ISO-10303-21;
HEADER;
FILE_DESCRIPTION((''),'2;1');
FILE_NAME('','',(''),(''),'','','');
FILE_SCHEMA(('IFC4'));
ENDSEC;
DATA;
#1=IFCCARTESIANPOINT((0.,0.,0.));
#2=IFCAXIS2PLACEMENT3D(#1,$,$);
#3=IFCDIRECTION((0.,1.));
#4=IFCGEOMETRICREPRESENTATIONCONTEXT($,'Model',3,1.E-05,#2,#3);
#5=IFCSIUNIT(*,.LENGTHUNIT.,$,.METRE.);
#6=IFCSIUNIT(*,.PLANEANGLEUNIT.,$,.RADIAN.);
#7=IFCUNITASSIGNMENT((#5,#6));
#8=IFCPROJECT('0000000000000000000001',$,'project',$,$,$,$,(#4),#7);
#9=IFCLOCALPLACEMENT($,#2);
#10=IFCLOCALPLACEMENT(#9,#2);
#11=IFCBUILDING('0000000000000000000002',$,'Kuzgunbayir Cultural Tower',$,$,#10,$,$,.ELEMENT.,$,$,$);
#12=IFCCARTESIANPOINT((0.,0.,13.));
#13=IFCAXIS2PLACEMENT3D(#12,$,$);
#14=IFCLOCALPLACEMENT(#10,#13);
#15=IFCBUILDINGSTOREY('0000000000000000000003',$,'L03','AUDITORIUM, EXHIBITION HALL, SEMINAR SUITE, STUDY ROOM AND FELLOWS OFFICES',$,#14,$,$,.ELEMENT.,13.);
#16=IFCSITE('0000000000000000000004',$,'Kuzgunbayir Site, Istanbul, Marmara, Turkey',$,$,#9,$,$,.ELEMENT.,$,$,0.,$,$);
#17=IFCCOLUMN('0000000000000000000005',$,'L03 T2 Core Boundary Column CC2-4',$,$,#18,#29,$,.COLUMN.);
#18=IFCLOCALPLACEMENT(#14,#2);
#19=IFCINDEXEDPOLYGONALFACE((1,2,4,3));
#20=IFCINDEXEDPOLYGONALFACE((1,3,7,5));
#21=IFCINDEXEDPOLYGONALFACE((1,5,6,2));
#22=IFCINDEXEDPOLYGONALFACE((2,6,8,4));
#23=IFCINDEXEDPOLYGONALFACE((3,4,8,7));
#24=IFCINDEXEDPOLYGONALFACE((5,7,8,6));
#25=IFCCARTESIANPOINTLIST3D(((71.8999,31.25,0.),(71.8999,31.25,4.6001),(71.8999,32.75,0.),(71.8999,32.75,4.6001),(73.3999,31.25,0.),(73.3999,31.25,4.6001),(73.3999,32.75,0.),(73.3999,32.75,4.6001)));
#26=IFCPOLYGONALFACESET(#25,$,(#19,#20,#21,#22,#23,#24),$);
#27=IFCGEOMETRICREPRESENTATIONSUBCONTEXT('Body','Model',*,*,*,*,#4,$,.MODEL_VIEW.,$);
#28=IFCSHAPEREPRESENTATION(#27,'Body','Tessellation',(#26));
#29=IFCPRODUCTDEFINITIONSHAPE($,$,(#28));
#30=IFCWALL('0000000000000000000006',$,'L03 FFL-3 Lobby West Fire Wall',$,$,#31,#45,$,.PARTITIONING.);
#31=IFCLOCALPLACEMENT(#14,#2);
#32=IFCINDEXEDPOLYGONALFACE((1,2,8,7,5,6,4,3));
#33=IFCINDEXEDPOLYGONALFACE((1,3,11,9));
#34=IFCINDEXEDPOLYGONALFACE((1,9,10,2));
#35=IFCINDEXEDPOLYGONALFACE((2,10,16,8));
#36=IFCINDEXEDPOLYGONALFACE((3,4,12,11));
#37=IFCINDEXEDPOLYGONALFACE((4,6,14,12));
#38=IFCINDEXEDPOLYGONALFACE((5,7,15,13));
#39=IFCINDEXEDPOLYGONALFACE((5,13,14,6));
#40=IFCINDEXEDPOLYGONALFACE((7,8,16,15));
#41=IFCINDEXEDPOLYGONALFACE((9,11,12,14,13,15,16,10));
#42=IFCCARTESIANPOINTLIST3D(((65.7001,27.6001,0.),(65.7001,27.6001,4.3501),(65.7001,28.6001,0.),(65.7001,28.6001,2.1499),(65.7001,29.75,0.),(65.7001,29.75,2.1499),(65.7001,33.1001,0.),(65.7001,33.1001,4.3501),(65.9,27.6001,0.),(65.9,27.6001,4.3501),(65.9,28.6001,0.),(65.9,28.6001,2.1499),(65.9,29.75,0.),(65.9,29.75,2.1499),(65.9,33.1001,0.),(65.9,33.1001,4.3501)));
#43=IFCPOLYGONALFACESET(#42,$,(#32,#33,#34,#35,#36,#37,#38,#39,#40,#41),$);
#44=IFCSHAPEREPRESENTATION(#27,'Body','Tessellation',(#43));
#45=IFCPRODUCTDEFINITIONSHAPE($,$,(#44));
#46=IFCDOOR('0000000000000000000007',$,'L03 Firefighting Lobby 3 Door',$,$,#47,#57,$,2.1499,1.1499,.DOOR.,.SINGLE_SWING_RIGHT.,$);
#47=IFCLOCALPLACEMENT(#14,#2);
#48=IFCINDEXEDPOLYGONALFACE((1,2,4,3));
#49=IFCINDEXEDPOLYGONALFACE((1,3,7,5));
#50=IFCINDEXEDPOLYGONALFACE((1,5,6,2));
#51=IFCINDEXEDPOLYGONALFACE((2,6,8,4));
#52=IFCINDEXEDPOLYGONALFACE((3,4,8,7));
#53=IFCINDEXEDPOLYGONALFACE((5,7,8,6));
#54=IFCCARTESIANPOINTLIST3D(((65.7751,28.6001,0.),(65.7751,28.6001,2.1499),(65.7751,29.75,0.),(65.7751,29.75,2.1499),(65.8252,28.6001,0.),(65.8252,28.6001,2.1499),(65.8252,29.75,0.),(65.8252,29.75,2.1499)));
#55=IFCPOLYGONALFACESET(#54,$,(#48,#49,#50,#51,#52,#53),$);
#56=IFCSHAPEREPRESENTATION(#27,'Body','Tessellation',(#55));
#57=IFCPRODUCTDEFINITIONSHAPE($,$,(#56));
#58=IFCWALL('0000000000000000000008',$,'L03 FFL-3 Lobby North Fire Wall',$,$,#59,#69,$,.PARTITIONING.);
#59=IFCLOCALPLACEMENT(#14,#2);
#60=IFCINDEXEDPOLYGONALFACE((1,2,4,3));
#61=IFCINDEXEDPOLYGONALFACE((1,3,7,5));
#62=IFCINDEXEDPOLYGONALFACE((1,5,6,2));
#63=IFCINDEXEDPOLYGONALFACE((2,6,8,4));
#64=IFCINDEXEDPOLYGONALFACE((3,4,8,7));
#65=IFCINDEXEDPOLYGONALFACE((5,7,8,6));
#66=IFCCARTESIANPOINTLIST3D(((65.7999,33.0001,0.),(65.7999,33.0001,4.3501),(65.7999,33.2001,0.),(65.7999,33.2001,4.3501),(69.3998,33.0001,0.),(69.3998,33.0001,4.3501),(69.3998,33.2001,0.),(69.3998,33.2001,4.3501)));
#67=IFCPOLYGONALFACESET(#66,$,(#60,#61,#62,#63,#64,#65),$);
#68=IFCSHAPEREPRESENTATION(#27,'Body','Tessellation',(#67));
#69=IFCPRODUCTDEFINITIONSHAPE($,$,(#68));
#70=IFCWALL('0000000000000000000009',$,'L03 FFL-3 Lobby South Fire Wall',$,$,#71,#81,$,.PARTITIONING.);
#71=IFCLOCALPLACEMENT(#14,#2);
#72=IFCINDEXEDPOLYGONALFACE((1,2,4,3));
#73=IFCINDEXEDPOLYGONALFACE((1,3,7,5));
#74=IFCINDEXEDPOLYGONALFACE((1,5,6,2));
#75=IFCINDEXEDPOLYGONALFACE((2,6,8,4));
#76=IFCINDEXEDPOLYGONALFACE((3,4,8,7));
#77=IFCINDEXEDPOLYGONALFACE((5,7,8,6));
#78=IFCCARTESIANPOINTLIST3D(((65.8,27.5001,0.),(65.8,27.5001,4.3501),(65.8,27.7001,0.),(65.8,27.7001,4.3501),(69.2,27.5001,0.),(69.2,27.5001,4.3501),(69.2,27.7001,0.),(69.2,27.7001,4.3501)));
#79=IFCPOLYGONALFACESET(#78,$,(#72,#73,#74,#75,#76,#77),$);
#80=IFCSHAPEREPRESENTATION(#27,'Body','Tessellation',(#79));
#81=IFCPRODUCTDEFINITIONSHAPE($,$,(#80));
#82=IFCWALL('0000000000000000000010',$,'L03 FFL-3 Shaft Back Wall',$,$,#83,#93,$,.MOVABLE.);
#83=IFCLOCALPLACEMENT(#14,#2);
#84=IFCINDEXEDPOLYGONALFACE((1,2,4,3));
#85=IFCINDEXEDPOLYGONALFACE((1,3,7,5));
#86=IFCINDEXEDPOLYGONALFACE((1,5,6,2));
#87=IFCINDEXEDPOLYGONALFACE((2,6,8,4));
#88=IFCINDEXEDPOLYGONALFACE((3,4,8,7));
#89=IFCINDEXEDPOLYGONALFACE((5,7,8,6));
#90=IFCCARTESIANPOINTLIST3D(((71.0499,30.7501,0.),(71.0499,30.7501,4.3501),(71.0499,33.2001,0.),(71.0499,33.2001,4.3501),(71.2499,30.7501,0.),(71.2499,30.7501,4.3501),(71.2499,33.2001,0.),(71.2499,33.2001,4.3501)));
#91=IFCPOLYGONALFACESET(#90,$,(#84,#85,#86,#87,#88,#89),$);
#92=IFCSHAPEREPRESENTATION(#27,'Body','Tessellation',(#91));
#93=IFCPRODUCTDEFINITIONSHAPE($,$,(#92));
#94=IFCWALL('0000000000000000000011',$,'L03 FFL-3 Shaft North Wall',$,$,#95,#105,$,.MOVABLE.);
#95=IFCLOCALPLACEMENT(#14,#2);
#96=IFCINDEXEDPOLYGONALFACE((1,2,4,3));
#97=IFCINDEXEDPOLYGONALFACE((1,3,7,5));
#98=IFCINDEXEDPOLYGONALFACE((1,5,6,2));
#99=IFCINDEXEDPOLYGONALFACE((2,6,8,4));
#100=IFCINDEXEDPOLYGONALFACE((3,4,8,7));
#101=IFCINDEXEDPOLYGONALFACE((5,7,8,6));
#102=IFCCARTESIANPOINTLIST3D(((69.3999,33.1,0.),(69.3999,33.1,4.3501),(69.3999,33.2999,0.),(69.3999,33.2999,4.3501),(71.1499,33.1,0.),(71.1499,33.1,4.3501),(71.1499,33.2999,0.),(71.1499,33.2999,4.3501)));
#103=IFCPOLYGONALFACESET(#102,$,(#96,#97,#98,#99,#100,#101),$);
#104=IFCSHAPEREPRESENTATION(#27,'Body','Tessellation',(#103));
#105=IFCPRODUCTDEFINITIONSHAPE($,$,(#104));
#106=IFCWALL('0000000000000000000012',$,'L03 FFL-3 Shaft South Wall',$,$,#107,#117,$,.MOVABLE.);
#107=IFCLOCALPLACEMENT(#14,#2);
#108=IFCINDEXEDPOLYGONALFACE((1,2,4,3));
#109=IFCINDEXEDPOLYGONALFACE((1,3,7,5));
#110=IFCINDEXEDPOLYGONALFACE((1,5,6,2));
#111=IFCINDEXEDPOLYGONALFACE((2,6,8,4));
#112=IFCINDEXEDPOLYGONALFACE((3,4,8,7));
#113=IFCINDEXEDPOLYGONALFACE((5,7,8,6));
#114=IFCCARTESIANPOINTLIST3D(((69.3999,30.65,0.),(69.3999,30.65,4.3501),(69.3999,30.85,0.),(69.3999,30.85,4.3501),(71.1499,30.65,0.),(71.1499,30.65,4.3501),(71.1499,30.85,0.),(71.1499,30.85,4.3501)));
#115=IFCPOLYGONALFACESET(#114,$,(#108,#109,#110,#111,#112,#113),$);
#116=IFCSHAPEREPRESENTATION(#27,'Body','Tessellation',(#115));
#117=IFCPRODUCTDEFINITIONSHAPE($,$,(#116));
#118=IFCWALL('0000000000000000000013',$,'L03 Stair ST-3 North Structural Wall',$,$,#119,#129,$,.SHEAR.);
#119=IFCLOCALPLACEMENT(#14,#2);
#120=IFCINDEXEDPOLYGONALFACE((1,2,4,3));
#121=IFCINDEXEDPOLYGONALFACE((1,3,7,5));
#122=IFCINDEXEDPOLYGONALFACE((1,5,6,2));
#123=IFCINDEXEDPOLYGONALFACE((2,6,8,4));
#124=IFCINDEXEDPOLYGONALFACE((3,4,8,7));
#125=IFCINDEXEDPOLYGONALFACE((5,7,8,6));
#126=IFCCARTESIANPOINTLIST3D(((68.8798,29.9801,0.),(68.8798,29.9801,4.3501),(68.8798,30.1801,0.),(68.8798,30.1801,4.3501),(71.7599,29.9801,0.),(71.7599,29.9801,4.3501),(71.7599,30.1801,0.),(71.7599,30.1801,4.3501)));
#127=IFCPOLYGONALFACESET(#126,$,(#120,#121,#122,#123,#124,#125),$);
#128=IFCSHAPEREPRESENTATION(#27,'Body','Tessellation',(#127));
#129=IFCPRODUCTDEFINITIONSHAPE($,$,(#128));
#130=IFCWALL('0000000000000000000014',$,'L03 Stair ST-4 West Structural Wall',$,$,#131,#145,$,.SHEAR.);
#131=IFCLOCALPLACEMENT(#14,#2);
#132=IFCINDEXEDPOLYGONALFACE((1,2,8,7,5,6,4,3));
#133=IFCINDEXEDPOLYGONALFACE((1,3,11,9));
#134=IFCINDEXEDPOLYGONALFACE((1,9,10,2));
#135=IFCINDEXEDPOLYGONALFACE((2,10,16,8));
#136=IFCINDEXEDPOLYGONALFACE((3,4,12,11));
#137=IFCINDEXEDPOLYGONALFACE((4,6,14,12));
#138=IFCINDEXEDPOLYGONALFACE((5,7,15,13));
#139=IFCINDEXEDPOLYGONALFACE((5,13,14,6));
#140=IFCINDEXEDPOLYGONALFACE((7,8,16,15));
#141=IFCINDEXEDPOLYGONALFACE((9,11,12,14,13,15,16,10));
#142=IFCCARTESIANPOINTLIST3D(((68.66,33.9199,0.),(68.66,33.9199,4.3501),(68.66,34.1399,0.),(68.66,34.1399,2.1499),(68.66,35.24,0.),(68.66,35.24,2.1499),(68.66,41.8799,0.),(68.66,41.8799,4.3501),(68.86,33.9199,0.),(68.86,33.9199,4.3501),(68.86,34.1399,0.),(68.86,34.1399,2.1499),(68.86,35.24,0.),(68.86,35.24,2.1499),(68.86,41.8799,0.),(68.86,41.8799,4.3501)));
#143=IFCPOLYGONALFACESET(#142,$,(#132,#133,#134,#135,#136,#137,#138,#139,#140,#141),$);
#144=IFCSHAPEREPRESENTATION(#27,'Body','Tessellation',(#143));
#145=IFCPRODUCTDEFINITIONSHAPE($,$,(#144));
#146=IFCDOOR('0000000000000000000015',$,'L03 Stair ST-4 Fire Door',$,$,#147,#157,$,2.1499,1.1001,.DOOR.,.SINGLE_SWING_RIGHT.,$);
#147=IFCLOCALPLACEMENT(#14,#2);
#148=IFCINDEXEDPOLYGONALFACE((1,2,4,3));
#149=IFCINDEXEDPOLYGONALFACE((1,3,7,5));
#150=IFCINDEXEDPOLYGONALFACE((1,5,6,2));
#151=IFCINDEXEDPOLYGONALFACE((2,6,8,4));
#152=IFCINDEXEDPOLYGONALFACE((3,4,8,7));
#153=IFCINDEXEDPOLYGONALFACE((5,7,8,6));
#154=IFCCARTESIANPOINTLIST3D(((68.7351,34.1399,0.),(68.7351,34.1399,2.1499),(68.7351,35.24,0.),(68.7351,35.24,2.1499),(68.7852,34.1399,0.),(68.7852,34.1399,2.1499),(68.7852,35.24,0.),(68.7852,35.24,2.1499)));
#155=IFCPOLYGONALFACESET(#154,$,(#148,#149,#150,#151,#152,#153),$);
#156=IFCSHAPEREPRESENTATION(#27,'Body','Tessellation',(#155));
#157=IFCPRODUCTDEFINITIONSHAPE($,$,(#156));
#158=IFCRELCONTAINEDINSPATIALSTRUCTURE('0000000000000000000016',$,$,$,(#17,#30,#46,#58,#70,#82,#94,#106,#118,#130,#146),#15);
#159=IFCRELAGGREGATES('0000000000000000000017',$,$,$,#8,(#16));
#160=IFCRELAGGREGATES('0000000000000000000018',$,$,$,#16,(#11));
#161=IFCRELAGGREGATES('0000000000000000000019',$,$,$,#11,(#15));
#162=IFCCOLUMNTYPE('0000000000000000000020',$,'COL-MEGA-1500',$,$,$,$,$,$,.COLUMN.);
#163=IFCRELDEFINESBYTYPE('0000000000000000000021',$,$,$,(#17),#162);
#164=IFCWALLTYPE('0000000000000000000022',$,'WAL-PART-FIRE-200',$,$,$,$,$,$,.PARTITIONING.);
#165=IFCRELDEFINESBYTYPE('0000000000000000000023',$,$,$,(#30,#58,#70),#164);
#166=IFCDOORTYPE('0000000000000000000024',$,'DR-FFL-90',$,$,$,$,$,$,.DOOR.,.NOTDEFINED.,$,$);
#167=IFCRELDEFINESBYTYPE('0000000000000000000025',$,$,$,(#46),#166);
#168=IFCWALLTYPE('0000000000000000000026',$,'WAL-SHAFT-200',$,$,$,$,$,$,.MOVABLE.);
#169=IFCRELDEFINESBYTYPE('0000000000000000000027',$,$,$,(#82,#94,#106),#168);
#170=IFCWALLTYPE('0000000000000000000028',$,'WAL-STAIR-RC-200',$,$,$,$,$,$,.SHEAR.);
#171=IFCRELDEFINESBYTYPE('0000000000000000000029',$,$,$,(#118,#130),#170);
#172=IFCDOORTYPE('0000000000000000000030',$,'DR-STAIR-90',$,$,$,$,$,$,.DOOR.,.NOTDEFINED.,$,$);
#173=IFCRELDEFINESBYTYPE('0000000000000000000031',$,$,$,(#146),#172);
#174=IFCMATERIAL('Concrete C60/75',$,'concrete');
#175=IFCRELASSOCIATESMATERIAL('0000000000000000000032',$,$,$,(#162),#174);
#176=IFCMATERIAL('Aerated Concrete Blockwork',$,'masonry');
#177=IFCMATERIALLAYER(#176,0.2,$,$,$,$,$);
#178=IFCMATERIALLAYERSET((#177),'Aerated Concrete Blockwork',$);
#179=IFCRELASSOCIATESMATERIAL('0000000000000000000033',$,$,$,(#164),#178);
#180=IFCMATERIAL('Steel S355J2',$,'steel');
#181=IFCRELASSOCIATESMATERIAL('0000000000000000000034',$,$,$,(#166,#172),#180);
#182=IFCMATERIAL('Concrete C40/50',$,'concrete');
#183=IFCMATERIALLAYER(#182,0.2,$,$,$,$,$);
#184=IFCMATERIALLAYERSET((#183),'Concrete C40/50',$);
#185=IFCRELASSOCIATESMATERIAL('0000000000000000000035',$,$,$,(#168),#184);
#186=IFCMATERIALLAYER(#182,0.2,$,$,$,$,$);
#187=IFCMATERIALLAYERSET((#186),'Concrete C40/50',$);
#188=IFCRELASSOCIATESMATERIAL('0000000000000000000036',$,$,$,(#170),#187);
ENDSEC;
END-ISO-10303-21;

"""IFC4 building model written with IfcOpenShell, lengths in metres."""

from ifc_helpers import new_model, si_unit, direction, frame, frame_2d, origin, origin_2d, place, context, subcontext, project, spatial, rectangle, extrude, material, layer, layer_set, material_profile, profile_set, type_object, element, fill, save


model = new_model("IFC4")

# Units and contexts
model_context = context("Model", 3, precision=1e-05, world=origin(), true_north=direction((0.0, 1.0)))
body_context = subcontext(model_context, "Body", "Model", "MODEL_VIEW")
ifc_project = project(units=[si_unit("LENGTHUNIT", "METRE"), si_unit("PLANEANGLEUNIT", "RADIAN")], contexts=[model_context])

# Site, building, storey
site_placement = place(None, origin())
site = spatial("IfcSite", under=ifc_project, at=site_placement, Name="Kuzgunbayir Site, Istanbul, Marmara, Turkey", CompositionType="ELEMENT", RefElevation=0.0)
building_placement = place(site_placement, origin())
building = spatial("IfcBuilding", under=site, at=building_placement, Name="Kuzgunbayir Cultural Tower", CompositionType="ELEMENT")
storey_placement = place(building_placement, frame((0.0, 0.0, 13.0)))
storey = spatial("IfcBuildingStorey", under=building, at=storey_placement, Name="L03", Description="AUDITORIUM, EXHIBITION HALL, SEMINAR SUITE, STUDY ROOM AND FELLOWS OFFICES", CompositionType="ELEMENT", Elevation=13.0)

# Column
ifc_material_1 = material(Name="Concrete C60/75", Category="concrete")
ifc_material_profile = material_profile(ifc_material_1, rectangle(XDim=1.5, YDim=1.5, at=origin_2d()), Name="RC 1500x1500")
ifc_profile_set = profile_set([ifc_material_profile], Name="Concrete C60/75")
column_type = type_object("IfcColumnType", Name="COL-MEGA-1500", PredefinedType="COLUMN", material=ifc_profile_set)
column_placement = place(storey_placement, frame((72.6499, 32.0, 0.0), z_axis=(0.0, 0.0, 1.0), x_axis=(1.0, 0.0, 0.0)))
element("IfcColumn", 1, at=column_placement, inside=storey, type_object=column_type, Name="L03 T2 Core Boundary Column CC2-4", PredefinedType="COLUMN", context=body_context, shape_type="SweptSolid", body=[
    extrude(rectangle(XDim=1.5, YDim=1.5, at=origin_2d()), origin(), (0.0, 0.0, 1.0), 4.6001),
])

# Wall, opening, door
ifc_material_2 = material(Name="Aerated Concrete Blockwork", Category="masonry")
ifc_layer_1 = layer(ifc_material_2, 0.2)
ifc_layer_set_1 = layer_set([ifc_layer_1], Name="Aerated Concrete Blockwork")
wall_type_1 = type_object("IfcWallType", Name="WAL-PART-FIRE-200", PredefinedType="PARTITIONING", material=ifc_layer_set_1)
wall_1_placement = place(storey_placement, frame((65.8, 27.6001, 0.0), z_axis=(0.0, 0.0, 1.0), x_axis=(0.0, 1.0, 0.0)))
wall_1 = element("IfcWall", 2, at=wall_1_placement, inside=storey, type_object=wall_type_1, Name="L03 FFL-3 Lobby West Fire Wall", PredefinedType="PARTITIONING", context=body_context, shape_type="SweptSolid", body=[
    extrude(rectangle(XDim=5.5, YDim=0.2, at=frame_2d((2.75, 0.0))), origin(), (0.0, 0.0, 1.0), 4.3501),
])
opening_1_placement = place(wall_1_placement, frame((1.0, 0.0, 0.0)))
opening_1 = element("IfcOpeningElement", 3, at=opening_1_placement, cuts=wall_1, PredefinedType="OPENING", context=body_context, shape_type="SweptSolid", body=[
    extrude(rectangle(XDim=1.1499, YDim=2.1499, at=frame_2d((0.575, 1.075))), frame((0.0, 0.1099, 0.0), z_axis=(0.0, -1.0, 0.0), x_axis=(1.0, 0.0, 0.0)), (0.0, 0.0, 1.0), 0.22),
])
ifc_material_3 = material(Name="Steel S355J2", Category="steel")
door_type_1 = type_object("IfcDoorType", Name="DR-FFL-90", OperationType="NOTDEFINED", PredefinedType="DOOR", material=ifc_material_3)
door_1_placement = place(opening_1_placement, origin())
door_1 = element("IfcDoor", 4, at=door_1_placement, inside=storey, type_object=door_type_1, Name="L03 Firefighting Lobby 3 Door", OperationType="SINGLE_SWING_RIGHT", OverallHeight=2.1499, OverallWidth=1.1499, PredefinedType="DOOR", context=body_context, shape_type="SweptSolid", body=[
    extrude(rectangle(XDim=1.1499, YDim=2.1499, at=frame_2d((0.575, 1.075))), frame((0.0, 0.0249, 0.0), z_axis=(0.0, -1.0, 0.0), x_axis=(1.0, 0.0, 0.0)), (0.0, 0.0, 1.0), 0.05),
])
fill(opening_1, door_1)

# Walls
wall_2_placement = place(storey_placement, frame((65.8, 33.1001, 0.0), z_axis=(0.0, 0.0, 1.0), x_axis=(1.0, 0.0, 0.0)))
element("IfcWall", 5, at=wall_2_placement, inside=storey, type_object=wall_type_1, Name="L03 FFL-3 Lobby North Fire Wall", PredefinedType="PARTITIONING", context=body_context, shape_type="SweptSolid", body=[
    extrude(rectangle(XDim=3.5999, YDim=0.2, at=frame_2d((1.7998, 0.0))), origin(), (0.0, 0.0, 1.0), 4.3501),
])
wall_3_placement = place(storey_placement, frame((65.8, 27.6001, 0.0), z_axis=(0.0, 0.0, 1.0), x_axis=(1.0, 0.0, 0.0)))
element("IfcWall", 6, at=wall_3_placement, inside=storey, type_object=wall_type_1, Name="L03 FFL-3 Lobby South Fire Wall", PredefinedType="PARTITIONING", context=body_context, shape_type="SweptSolid", body=[
    extrude(rectangle(XDim=3.3999, YDim=0.2, at=frame_2d((1.7, 0.0))), origin(), (0.0, 0.0, 1.0), 4.3501),
])

# Shared definitions
ifc_material_4 = material(Name="Concrete C40/50", Category="concrete")
ifc_layer_2 = layer(ifc_material_4, 0.2)
ifc_layer_set_2 = layer_set([ifc_layer_2], Name="Concrete C40/50")
wall_type_2 = type_object("IfcWallType", Name="WAL-SHAFT-200", PredefinedType="MOVABLE", material=ifc_layer_set_2)

# Walls
wall_4_placement = place(storey_placement, frame((71.1499, 30.75, 0.0), z_axis=(0.0, 0.0, 1.0), x_axis=(0.0, 1.0, 0.0)))
element("IfcWall", 7, at=wall_4_placement, inside=storey, type_object=wall_type_2, Name="L03 FFL-3 Shaft Back Wall", PredefinedType="MOVABLE", context=body_context, shape_type="SweptSolid", body=[
    extrude(rectangle(XDim=2.45, YDim=0.2, at=frame_2d((1.2251, 0.0))), origin(), (0.0, 0.0, 1.0), 4.3501),
])
for number, where, z_axis, x_axis, name in (
    (8, (69.3999, 33.2, 0.0), (0.0, 0.0, 1.0), (1.0, 0.0, 0.0), "L03 FFL-3 Shaft North Wall"),
    (9, (69.3999, 30.75, 0.0), (0.0, 0.0, 1.0), (1.0, 0.0, 0.0), "L03 FFL-3 Shaft South Wall"),
):
    element("IfcWall", number, at=place(storey_placement, frame(where, z_axis=z_axis, x_axis=x_axis)), inside=storey, type_object=wall_type_2, Name=name, PredefinedType="MOVABLE", context=body_context, shape_type="SweptSolid", body=[
        extrude(rectangle(XDim=1.75, YDim=0.2, at=frame_2d((0.875, 0.0))), origin(), (0.0, 0.0, 1.0), 4.3501),
    ])
ifc_layer_3 = layer(ifc_material_4, 0.2)
ifc_layer_set_3 = layer_set([ifc_layer_3], Name="Concrete C40/50")
wall_type_3 = type_object("IfcWallType", Name="WAL-STAIR-RC-200", PredefinedType="SHEAR", material=ifc_layer_set_3)
wall_5_placement = place(storey_placement, frame((68.8799, 30.0801, 0.0), z_axis=(0.0, 0.0, 1.0), x_axis=(1.0, 0.0, 0.0)))
element("IfcWall", 10, at=wall_5_placement, inside=storey, type_object=wall_type_3, Name="L03 Stair ST-3 North Structural Wall", PredefinedType="SHEAR", context=body_context, shape_type="SweptSolid", body=[
    extrude(rectangle(XDim=2.8801, YDim=0.2, at=frame_2d((1.4399, 0.0))), origin(), (0.0, 0.0, 1.0), 4.3501),
])

# Wall, opening, door
wall_6_placement = place(storey_placement, frame((68.76, 33.9199, 0.0), z_axis=(0.0, 0.0, 1.0), x_axis=(0.0, 1.0, 0.0)))
wall_6 = element("IfcWall", 11, at=wall_6_placement, inside=storey, type_object=wall_type_3, Name="L03 Stair ST-4 West Structural Wall", PredefinedType="SHEAR", context=body_context, shape_type="SweptSolid", body=[
    extrude(rectangle(XDim=7.96, YDim=0.2, at=frame_2d((3.98, 0.0))), origin(), (0.0, 0.0, 1.0), 4.3501),
])
opening_2_placement = place(wall_6_placement, frame((0.22, 0.0, 0.0)))
opening_2 = element("IfcOpeningElement", 12, at=opening_2_placement, cuts=wall_6, PredefinedType="OPENING", context=body_context, shape_type="SweptSolid", body=[
    extrude(rectangle(XDim=1.1001, YDim=2.1499, at=frame_2d((0.55, 1.075))), frame((0.0, 0.1099, 0.0), z_axis=(0.0, -1.0, 0.0), x_axis=(1.0, 0.0, 0.0)), (0.0, 0.0, 1.0), 0.22),
])
door_type_2 = type_object("IfcDoorType", Name="DR-STAIR-90", OperationType="NOTDEFINED", PredefinedType="DOOR", material=ifc_material_3)
door_2_placement = place(opening_2_placement, origin())
door_2 = element("IfcDoor", 13, at=door_2_placement, inside=storey, type_object=door_type_2, Name="L03 Stair ST-4 Fire Door", OperationType="SINGLE_SWING_RIGHT", OverallHeight=2.1499, OverallWidth=1.1001, PredefinedType="DOOR", context=body_context, shape_type="SweptSolid", body=[
    extrude(rectangle(XDim=1.1001, YDim=2.1499, at=frame_2d((0.55, 1.075))), frame((0.0, 0.0249, 0.0), z_axis=(0.0, -1.0, 0.0), x_axis=(1.0, 0.0, 0.0)), (0.0, 0.0, 1.0), 0.05),
])
fill(opening_2, door_2)

save(model, "model.ifc")
